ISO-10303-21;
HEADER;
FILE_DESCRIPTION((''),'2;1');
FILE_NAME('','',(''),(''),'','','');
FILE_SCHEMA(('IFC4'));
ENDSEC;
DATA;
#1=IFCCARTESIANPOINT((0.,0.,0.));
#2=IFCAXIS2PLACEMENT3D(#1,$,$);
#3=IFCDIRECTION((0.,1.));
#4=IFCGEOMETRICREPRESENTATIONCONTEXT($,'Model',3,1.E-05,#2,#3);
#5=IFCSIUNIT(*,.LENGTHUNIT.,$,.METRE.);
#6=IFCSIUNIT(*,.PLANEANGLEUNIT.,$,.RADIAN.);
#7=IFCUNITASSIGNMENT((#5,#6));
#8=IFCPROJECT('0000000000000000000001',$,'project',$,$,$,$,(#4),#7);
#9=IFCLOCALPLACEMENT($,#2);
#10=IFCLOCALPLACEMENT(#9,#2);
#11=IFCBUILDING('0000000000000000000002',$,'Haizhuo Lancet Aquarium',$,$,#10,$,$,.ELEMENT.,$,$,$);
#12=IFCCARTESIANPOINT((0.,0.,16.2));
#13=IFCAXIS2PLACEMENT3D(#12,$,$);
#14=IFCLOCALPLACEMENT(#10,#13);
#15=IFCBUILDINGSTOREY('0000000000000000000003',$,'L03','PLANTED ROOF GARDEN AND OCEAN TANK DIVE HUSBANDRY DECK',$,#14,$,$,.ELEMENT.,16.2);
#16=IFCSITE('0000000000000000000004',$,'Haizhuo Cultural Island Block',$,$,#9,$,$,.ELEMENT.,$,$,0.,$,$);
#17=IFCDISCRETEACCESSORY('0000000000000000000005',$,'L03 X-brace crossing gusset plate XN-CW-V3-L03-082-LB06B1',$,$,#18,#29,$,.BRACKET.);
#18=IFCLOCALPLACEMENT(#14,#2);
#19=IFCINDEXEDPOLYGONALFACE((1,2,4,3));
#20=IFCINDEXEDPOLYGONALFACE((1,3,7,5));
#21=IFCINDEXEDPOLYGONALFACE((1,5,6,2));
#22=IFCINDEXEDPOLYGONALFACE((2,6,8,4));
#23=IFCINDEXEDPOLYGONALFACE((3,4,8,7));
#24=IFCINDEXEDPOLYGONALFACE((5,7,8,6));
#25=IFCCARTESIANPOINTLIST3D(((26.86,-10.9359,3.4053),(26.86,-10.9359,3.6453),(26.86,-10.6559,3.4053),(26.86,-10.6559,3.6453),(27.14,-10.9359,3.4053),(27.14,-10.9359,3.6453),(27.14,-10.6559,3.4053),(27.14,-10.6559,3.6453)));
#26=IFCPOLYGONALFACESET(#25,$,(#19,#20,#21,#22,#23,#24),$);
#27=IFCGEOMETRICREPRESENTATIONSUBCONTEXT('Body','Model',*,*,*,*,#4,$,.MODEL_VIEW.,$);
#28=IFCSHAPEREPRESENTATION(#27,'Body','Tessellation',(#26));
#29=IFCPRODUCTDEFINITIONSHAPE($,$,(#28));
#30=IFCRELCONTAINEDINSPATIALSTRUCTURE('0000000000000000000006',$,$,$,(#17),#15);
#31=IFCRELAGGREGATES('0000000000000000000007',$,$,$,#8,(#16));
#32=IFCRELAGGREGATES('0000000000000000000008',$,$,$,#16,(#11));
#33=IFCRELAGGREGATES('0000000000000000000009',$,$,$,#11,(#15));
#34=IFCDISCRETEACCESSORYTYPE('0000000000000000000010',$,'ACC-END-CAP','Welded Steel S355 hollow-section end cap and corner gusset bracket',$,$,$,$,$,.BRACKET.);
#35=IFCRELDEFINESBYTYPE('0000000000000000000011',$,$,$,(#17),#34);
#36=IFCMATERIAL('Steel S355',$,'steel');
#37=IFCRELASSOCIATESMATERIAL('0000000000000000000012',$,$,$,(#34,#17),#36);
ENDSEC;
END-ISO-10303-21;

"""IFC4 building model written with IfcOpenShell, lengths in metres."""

from ifc_helpers import new_model, si_unit, direction, frame, origin, origin_2d, place, context, subcontext, project, spatial, rectangle, extrude, material, type_object, element, save


model = new_model("IFC4")

# Units and contexts
model_context = context("Model", 3, precision=1e-05, world=origin(), true_north=direction((0.0, 1.0)))
body_context = subcontext(model_context, "Body", "Model", "MODEL_VIEW")
ifc_project = project(units=[si_unit("LENGTHUNIT", "METRE"), si_unit("PLANEANGLEUNIT", "RADIAN")], contexts=[model_context])

# Site, building, storey
site_placement = place(None, origin())
site = spatial("IfcSite", under=ifc_project, at=site_placement, Name="Haizhuo Cultural Island Block", CompositionType="ELEMENT", RefElevation=0.0)
building_placement = place(site_placement, origin())
building = spatial("IfcBuilding", under=site, at=building_placement, Name="Haizhuo Lancet Aquarium", CompositionType="ELEMENT")
storey_placement = place(building_placement, frame((0.0, 0.0, 16.2)))
storey = spatial("IfcBuildingStorey", under=building, at=storey_placement, Name="L03", Description="PLANTED ROOF GARDEN AND OCEAN TANK DIVE HUSBANDRY DECK", CompositionType="ELEMENT", Elevation=16.2)

# Shared definitions
ifc_material_1 = material(Name="Steel S355", Category="steel")

# Discrete accessory
discrete_accessory_type = type_object("IfcDiscreteAccessoryType", Name="ACC-END-CAP", Description="Welded Steel S355 hollow-section end cap and corner gusset bracket", PredefinedType="BRACKET", material=ifc_material_1)
for number, where, z_axis, x_axis, name in (
    (1, (27.0, -10.7959, 3.4053), (0.0, 0.0, 1.0), (1.0, 0.0, 0.0), "L03 X-brace crossing gusset plate XN-CW-V3-L03-082-LB06B1"),
):
    element("IfcDiscreteAccessory", number, at=place(storey_placement, frame(where, z_axis=z_axis, x_axis=x_axis)), inside=storey, type_object=discrete_accessory_type, material=ifc_material_1, Name=name, PredefinedType="BRACKET", context=body_context, shape_type="SweptSolid", body=[
        extrude(rectangle(XDim=0.28, YDim=0.28, at=origin_2d()), origin(), (0.0, 0.0, 1.0), 0.24),
    ])

save(model, "model.ifc")
